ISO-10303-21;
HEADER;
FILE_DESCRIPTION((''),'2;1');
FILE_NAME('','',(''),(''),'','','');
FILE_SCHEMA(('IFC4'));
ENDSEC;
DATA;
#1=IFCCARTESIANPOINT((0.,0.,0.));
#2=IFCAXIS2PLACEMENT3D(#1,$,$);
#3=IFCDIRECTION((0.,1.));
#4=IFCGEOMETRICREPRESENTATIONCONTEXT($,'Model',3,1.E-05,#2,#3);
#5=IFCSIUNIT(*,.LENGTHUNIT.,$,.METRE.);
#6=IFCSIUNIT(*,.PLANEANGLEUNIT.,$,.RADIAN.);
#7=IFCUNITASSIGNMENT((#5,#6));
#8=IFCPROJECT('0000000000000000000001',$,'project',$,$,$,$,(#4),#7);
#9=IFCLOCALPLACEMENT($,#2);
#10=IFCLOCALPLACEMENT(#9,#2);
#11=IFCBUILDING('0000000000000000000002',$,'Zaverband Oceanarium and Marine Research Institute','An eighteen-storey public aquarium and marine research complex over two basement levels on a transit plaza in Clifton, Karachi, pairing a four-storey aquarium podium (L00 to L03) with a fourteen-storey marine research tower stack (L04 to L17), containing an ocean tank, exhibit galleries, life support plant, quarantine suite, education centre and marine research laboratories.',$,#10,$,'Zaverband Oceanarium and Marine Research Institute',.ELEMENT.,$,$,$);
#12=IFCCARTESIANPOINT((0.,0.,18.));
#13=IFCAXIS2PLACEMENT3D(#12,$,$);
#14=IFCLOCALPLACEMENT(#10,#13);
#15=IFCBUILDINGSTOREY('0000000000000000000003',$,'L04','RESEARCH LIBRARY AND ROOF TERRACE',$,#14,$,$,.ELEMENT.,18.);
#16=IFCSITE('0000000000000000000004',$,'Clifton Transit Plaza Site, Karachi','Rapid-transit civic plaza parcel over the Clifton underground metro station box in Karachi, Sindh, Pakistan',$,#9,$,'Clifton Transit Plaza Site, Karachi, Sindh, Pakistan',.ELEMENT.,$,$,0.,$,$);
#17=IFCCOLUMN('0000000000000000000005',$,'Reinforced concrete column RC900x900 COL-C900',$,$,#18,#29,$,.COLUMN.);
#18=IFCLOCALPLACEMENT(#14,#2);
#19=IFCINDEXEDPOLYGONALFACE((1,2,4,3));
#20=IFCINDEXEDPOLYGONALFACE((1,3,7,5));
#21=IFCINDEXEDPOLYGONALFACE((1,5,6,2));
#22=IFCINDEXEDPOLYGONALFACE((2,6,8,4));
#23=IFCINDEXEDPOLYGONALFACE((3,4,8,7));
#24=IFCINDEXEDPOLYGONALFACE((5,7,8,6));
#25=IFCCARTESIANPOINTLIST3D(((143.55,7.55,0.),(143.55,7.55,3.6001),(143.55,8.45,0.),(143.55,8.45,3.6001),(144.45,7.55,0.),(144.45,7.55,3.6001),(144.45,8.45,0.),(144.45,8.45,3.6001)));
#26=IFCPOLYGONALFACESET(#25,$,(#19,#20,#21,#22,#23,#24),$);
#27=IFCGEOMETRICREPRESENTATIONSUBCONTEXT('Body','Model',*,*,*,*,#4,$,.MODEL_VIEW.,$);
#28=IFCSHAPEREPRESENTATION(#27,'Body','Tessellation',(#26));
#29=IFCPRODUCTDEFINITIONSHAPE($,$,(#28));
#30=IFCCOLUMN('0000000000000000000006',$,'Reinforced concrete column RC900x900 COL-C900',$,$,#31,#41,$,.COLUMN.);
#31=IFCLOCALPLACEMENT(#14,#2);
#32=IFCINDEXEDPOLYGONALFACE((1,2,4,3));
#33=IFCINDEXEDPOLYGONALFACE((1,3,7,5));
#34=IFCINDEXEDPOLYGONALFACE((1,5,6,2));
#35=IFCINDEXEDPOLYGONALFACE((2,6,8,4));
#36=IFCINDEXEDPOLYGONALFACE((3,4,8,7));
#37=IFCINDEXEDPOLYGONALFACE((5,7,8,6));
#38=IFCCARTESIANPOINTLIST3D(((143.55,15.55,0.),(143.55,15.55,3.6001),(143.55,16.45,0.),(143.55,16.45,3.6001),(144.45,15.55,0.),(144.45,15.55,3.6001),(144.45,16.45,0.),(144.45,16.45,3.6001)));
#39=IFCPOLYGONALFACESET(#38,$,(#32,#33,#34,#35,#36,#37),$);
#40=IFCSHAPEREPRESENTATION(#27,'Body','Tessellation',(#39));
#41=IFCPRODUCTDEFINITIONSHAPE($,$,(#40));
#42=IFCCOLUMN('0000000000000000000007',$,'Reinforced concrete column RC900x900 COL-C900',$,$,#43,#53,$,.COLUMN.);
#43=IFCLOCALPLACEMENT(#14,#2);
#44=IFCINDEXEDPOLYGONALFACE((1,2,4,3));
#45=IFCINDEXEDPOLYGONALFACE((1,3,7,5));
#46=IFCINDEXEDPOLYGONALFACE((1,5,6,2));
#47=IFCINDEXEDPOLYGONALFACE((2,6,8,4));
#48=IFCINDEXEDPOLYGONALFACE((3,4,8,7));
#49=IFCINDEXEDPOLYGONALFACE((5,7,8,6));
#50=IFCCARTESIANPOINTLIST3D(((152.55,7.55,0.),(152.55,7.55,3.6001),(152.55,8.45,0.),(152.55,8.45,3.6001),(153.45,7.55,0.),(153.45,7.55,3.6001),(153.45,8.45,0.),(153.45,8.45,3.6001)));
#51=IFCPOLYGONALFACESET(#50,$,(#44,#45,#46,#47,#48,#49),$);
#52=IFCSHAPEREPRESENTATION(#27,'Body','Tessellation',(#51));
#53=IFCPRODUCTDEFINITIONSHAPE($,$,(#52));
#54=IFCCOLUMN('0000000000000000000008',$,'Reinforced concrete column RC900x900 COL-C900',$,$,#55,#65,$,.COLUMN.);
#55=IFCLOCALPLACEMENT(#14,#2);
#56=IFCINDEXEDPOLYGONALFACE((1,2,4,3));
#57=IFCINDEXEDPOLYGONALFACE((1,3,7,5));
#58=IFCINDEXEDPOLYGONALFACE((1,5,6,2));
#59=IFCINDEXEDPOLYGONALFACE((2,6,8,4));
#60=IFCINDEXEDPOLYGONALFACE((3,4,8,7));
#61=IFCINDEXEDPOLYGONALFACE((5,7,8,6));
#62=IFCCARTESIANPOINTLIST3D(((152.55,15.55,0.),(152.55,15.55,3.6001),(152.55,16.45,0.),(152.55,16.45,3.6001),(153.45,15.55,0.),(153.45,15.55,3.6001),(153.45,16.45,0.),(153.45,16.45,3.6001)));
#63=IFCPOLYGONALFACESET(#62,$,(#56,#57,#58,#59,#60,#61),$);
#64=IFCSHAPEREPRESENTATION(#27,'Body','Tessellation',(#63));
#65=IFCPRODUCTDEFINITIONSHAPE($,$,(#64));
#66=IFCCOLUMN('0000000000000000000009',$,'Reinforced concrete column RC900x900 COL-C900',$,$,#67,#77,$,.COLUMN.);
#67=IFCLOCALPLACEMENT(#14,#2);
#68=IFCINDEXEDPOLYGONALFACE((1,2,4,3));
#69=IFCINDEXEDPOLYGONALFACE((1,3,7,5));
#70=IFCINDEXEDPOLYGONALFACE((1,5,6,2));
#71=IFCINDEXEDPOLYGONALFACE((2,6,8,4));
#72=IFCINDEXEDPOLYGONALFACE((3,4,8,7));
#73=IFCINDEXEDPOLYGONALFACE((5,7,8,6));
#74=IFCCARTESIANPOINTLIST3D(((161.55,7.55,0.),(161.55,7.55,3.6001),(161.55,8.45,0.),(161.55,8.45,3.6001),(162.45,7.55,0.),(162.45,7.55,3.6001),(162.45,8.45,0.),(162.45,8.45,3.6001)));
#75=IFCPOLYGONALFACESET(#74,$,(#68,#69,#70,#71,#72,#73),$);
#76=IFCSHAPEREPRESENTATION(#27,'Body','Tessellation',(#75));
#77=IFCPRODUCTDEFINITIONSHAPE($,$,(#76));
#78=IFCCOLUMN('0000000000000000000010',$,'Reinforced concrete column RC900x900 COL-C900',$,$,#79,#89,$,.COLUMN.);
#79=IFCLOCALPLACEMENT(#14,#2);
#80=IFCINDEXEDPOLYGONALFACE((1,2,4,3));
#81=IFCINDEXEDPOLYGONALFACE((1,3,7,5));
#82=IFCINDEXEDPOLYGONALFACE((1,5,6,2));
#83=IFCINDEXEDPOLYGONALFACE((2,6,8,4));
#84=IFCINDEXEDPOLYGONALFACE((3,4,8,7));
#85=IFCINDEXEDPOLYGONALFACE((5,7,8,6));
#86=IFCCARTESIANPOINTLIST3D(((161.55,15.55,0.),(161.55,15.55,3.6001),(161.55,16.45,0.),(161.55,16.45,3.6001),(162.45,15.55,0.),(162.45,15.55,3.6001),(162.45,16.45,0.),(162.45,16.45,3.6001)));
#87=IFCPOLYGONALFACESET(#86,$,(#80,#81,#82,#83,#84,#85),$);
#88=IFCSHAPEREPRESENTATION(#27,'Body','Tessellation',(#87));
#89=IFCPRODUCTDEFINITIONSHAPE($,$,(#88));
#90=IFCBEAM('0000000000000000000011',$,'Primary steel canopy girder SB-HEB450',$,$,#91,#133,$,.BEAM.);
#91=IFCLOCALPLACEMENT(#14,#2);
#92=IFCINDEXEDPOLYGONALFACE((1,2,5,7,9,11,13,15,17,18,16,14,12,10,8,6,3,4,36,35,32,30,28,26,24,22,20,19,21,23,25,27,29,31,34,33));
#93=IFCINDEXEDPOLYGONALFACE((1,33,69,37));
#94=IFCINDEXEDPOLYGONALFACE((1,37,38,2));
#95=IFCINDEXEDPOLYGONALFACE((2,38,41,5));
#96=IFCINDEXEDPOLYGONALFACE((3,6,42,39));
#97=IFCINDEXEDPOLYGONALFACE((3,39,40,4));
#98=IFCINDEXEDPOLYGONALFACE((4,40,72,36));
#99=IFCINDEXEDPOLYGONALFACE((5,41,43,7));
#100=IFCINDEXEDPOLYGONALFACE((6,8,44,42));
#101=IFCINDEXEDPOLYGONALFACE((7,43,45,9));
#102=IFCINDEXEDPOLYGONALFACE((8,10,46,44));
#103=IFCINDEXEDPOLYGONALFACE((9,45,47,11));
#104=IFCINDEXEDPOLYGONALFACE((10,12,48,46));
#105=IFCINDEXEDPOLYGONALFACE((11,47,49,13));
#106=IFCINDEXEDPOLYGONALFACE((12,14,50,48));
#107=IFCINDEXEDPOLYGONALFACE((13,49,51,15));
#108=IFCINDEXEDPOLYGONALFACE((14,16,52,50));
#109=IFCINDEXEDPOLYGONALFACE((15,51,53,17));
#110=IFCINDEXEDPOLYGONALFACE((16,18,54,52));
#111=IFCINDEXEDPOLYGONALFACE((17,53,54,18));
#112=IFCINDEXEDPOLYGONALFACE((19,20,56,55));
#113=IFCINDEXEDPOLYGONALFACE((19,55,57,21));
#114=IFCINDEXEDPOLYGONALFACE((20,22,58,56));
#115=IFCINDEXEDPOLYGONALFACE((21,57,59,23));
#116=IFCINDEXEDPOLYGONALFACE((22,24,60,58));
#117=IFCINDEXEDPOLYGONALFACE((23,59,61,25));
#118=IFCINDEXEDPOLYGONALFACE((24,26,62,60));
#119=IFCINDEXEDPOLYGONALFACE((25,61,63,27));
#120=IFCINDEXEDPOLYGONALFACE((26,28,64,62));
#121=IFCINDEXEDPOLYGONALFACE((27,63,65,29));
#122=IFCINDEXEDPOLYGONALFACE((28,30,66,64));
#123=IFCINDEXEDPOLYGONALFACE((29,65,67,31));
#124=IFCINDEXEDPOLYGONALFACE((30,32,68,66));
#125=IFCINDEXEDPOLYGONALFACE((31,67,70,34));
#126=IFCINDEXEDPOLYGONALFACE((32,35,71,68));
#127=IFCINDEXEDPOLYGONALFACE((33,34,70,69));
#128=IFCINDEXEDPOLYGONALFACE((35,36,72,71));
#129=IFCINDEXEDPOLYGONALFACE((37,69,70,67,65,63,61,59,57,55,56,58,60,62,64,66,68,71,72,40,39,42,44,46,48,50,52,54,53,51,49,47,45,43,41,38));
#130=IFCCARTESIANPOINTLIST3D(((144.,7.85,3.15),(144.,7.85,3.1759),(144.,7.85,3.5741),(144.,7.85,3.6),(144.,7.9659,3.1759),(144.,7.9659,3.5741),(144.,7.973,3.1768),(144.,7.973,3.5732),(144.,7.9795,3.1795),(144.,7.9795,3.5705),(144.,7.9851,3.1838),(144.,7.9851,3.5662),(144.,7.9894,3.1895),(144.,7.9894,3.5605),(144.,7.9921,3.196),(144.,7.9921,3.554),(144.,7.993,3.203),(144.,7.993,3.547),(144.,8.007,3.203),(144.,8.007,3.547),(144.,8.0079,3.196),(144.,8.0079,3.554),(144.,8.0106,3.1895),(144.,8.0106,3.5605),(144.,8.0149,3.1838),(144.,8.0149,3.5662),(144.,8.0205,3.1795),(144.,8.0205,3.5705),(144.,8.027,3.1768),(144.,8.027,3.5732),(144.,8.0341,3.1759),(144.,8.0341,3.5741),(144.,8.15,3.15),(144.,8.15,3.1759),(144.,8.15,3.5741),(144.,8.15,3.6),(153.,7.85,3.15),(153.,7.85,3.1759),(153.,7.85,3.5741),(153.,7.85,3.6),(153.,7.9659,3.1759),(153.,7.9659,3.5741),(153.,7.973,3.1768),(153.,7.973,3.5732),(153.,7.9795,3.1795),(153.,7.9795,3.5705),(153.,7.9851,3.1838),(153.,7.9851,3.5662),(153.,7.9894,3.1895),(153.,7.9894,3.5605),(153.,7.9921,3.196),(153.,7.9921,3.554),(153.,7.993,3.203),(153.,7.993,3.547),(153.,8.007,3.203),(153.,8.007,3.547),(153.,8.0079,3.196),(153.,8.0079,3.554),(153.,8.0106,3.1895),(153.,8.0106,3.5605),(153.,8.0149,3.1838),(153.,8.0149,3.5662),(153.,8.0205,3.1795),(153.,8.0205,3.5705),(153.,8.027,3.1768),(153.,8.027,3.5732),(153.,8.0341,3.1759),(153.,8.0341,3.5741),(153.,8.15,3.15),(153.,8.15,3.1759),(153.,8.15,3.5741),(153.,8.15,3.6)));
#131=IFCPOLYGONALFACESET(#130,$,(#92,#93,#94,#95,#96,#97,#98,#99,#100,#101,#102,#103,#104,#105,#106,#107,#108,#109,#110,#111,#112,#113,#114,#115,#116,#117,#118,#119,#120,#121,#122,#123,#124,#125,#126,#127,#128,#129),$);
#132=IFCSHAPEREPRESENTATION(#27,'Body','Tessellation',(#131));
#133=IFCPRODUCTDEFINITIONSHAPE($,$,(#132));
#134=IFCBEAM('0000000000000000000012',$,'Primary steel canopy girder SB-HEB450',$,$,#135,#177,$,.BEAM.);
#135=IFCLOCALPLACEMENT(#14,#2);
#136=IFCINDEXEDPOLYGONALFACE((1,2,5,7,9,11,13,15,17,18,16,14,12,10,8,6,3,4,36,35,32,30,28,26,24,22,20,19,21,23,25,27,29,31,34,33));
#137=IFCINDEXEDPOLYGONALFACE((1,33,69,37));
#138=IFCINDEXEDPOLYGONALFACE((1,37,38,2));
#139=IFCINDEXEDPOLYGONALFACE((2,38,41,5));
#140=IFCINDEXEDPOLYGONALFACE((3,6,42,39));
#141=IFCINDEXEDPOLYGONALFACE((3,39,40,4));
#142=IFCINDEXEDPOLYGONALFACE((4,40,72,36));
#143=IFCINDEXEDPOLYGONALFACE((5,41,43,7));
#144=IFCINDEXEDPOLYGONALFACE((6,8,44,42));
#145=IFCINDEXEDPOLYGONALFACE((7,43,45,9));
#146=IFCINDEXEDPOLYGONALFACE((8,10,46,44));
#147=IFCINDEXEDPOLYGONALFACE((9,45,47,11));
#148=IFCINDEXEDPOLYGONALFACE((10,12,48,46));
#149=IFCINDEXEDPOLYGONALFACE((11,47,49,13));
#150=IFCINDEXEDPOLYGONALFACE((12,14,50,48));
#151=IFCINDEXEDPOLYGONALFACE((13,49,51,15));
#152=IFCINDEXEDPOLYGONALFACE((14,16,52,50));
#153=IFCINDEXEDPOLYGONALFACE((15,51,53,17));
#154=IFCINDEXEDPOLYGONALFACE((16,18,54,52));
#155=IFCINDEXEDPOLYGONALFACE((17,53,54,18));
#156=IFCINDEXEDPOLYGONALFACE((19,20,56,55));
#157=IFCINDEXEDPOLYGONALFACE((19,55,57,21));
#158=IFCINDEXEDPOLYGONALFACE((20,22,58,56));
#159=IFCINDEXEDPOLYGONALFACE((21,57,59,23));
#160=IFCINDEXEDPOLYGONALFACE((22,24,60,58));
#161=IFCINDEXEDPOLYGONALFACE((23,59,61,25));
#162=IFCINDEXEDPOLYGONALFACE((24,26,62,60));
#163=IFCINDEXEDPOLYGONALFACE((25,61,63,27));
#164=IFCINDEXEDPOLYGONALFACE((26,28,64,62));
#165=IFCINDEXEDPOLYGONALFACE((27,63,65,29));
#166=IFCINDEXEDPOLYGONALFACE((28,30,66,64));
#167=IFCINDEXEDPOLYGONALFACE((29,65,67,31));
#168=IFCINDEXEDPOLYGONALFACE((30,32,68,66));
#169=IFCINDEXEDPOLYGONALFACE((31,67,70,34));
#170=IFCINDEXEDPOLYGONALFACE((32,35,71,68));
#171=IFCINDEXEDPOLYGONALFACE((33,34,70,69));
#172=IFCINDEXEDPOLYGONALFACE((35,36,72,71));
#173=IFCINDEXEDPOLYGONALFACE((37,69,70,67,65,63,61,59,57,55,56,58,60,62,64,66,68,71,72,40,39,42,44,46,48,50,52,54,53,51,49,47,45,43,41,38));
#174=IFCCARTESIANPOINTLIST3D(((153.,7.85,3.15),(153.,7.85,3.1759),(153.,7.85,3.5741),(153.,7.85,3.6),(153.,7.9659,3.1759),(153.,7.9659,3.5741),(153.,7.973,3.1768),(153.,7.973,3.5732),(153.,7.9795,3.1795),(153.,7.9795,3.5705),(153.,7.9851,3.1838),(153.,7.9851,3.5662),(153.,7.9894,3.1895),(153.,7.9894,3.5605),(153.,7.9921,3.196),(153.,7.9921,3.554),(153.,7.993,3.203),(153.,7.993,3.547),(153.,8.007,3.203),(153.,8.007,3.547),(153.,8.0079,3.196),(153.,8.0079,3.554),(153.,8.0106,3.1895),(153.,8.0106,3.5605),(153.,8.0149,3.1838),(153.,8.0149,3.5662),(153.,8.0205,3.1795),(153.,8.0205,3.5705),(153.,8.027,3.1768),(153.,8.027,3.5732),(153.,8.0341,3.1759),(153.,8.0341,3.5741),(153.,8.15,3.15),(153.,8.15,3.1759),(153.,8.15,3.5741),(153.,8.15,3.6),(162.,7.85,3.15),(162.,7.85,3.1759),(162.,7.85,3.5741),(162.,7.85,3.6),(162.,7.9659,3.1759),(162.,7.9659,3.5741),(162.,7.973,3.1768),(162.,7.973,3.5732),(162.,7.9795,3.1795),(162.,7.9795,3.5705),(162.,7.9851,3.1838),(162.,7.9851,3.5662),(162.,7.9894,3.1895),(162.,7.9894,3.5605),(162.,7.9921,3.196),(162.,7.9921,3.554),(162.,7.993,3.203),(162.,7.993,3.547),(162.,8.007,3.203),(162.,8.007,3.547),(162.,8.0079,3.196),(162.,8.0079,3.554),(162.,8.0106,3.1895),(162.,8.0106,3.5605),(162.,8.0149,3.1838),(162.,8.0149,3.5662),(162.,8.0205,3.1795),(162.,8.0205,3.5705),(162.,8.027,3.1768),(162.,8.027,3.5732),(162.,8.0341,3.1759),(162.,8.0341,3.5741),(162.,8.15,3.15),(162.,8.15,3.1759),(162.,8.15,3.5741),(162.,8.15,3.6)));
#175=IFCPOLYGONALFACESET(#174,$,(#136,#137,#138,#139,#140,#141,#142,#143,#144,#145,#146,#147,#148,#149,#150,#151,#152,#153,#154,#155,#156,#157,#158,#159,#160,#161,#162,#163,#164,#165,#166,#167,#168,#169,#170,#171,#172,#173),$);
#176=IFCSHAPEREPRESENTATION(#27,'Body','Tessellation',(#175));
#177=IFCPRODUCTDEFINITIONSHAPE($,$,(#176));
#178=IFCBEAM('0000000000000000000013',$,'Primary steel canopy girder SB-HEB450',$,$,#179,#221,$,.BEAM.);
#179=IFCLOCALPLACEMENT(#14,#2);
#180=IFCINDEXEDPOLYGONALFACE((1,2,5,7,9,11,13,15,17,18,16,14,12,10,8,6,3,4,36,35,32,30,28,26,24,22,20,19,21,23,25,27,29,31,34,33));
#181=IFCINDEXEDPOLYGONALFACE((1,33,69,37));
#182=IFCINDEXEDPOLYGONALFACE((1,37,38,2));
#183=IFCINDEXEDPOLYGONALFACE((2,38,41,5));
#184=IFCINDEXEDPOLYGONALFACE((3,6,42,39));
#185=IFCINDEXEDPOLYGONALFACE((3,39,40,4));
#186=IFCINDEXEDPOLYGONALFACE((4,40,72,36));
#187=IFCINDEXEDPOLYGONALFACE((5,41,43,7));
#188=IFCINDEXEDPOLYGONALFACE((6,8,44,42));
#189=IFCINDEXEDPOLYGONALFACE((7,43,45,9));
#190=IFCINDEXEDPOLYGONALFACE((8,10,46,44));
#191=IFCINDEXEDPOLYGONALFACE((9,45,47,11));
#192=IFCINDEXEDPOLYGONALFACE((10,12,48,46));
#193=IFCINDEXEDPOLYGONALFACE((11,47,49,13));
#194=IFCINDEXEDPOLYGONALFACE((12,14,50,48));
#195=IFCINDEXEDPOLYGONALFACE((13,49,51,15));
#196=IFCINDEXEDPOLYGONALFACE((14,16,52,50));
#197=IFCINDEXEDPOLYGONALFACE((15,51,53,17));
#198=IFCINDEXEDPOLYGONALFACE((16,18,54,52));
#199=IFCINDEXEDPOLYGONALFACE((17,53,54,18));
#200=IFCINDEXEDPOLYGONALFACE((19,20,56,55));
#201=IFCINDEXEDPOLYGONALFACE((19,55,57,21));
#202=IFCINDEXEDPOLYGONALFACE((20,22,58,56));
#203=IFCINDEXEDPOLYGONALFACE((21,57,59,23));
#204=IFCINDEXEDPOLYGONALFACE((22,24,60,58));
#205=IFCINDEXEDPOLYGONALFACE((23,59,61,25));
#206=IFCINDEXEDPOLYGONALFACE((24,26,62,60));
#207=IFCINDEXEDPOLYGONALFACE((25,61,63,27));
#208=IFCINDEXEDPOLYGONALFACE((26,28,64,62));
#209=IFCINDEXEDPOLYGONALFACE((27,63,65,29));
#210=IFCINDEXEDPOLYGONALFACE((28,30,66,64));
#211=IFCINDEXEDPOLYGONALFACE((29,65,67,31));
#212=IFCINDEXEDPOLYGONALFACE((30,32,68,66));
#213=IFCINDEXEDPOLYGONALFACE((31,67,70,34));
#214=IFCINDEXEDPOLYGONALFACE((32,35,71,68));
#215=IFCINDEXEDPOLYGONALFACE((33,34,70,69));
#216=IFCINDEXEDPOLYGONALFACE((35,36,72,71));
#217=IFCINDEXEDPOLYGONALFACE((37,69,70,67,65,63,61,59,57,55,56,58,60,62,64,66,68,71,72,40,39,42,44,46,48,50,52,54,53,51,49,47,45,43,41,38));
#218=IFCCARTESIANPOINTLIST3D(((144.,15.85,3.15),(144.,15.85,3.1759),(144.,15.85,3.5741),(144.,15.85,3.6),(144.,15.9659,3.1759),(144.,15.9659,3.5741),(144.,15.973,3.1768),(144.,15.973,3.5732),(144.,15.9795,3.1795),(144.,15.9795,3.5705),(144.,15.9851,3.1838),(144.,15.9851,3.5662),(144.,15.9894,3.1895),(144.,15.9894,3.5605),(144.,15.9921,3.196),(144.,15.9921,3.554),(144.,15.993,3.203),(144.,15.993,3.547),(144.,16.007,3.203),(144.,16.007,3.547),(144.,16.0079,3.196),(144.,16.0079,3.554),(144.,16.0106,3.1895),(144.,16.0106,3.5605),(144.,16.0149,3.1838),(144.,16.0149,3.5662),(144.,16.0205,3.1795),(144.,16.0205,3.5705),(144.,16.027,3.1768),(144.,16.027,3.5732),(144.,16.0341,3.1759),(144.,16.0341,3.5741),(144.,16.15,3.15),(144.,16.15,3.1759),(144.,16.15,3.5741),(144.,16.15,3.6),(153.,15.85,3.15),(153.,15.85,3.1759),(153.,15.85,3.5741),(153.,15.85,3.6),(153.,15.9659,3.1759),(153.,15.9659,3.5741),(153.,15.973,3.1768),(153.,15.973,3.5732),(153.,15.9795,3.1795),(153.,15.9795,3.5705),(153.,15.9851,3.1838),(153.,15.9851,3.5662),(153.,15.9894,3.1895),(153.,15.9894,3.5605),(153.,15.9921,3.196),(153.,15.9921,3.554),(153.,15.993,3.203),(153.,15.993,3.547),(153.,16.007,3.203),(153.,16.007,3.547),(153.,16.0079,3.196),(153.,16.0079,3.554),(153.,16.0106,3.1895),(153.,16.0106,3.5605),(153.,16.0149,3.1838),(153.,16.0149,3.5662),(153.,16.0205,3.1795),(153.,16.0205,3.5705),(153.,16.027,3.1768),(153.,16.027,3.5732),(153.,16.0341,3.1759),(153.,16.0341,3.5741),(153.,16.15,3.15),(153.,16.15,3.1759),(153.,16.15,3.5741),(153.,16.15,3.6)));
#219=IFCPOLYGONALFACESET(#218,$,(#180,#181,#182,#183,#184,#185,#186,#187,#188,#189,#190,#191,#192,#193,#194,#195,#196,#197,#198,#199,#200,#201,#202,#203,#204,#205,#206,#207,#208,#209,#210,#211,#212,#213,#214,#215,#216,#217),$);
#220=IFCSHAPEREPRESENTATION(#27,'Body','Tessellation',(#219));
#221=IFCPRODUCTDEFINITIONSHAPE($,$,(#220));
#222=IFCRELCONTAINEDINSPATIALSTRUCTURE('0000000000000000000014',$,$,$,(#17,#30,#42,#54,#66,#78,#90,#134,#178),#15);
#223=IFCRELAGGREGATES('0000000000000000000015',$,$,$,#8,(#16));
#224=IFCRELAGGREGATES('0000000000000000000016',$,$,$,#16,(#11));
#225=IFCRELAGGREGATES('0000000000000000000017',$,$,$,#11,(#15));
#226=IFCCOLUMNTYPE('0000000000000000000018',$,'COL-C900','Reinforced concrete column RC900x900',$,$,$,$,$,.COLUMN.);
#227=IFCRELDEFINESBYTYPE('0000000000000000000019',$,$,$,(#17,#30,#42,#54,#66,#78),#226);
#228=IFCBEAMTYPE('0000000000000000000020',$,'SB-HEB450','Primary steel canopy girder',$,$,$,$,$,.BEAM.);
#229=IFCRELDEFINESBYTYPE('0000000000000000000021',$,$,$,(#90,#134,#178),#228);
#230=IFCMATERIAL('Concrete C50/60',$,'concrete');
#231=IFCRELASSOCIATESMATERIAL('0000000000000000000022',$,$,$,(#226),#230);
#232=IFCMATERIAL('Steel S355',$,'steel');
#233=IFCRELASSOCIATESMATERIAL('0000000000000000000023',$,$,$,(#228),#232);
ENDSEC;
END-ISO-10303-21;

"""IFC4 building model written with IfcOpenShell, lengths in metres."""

from ifc_helpers import new_model, si_unit, direction, frame, origin, origin_2d, place, context, subcontext, project, spatial, rectangle, i_section, extrude, material, material_profile, profile_set, type_object, element, save


model = new_model("IFC4")

# Units and contexts
model_context = context("Model", 3, precision=1e-05, world=origin(), true_north=direction((0.0, 1.0)))
body_context = subcontext(model_context, "Body", "Model", "MODEL_VIEW")
ifc_project = project(units=[si_unit("LENGTHUNIT", "METRE"), si_unit("PLANEANGLEUNIT", "RADIAN")], contexts=[model_context])

# Site, building, storey
site_placement = place(None, origin())
site = spatial("IfcSite", under=ifc_project, at=site_placement, Name="Clifton Transit Plaza Site, Karachi", Description="Rapid-transit civic plaza parcel over the Clifton underground metro station box in Karachi, Sindh, Pakistan", LongName="Clifton Transit Plaza Site, Karachi, Sindh, Pakistan", CompositionType="ELEMENT", RefElevation=0.0)
building_placement = place(site_placement, origin())
building = spatial("IfcBuilding", under=site, at=building_placement, Name="Zaverband Oceanarium and Marine Research Institute", Description="An eighteen-storey public aquarium and marine research complex over two basement levels on a transit plaza in Clifton, Karachi, pairing a four-storey aquarium podium (L00 to L03) with a fourteen-storey marine research tower stack (L04 to L17), containing an ocean tank, exhibit galleries, life support plant, quarantine suite, education centre and marine research laboratories.", LongName="Zaverband Oceanarium and Marine Research Institute", CompositionType="ELEMENT")
storey_placement = place(building_placement, frame((0.0, 0.0, 18.0)))
storey = spatial("IfcBuildingStorey", under=building, at=storey_placement, Name="L04", Description="RESEARCH LIBRARY AND ROOF TERRACE", CompositionType="ELEMENT", Elevation=18.0)

# Columns
ifc_material_1 = material(Name="Concrete C50/60", Category="concrete")
ifc_material_profile_1 = material_profile(ifc_material_1, rectangle(XDim=0.8999, YDim=0.8999, at=origin_2d()), Name="RC900x900")
ifc_profile_set_1 = profile_set([ifc_material_profile_1], Name="Concrete C50/60")
column_type = type_object("IfcColumnType", Name="COL-C900", Description="Reinforced concrete column RC900x900", PredefinedType="COLUMN", material=ifc_profile_set_1)
for number, where, z_axis, x_axis, name in (
    (1, (144.0, 8.0, 0.0), (0.0, 0.0, 1.0), (1.0, 0.0, 0.0), "Reinforced concrete column RC900x900 COL-C900"),
    (2, (144.0, 16.0, 0.0), (0.0, 0.0, 1.0), (1.0, 0.0, 0.0), "Reinforced concrete column RC900x900 COL-C900"),
    (3, (153.0, 8.0, 0.0), (0.0, 0.0, 1.0), (1.0, 0.0, 0.0), "Reinforced concrete column RC900x900 COL-C900"),
    (4, (153.0, 16.0, 0.0), (0.0, 0.0, 1.0), (1.0, 0.0, 0.0), "Reinforced concrete column RC900x900 COL-C900"),
    (5, (162.0, 8.0, 0.0), (0.0, 0.0, 1.0), (1.0, 0.0, 0.0), "Reinforced concrete column RC900x900 COL-C900"),
    (6, (162.0, 16.0, 0.0), (0.0, 0.0, 1.0), (1.0, 0.0, 0.0), "Reinforced concrete column RC900x900 COL-C900"),
):
    element("IfcColumn", number, at=place(storey_placement, frame(where, z_axis=z_axis, x_axis=x_axis)), inside=storey, type_object=column_type, Name=name, PredefinedType="COLUMN", context=body_context, shape_type="SweptSolid", body=[
        extrude(rectangle(XDim=0.8999, YDim=0.8999, at=origin_2d()), origin(), (0.0, 0.0, 1.0), 3.6001),
    ])

# Beams
ifc_material_2 = material(Name="Steel S355", Category="steel")
ifc_material_profile_2 = material_profile(ifc_material_2, i_section(OverallWidth=0.3, OverallDepth=0.45, WebThickness=0.0139, FlangeThickness=0.0259, FilletRadius=0.0271, at=origin_2d()), Name="HEB450")
ifc_profile_set_2 = profile_set([ifc_material_profile_2], Name="Steel S355")
beam_type = type_object("IfcBeamType", Name="SB-HEB450", Description="Primary steel canopy girder", PredefinedType="BEAM", material=ifc_profile_set_2)
for number, where, z_axis, x_axis, name in (
    (7, (144.0, 8.0, 3.375), (1.0, 0.0, 0.0), (0.0, 1.0, 0.0), "Primary steel canopy girder SB-HEB450"),
    (8, (153.0, 8.0, 3.375), (1.0, 0.0, 0.0), (0.0, 1.0, 0.0), "Primary steel canopy girder SB-HEB450"),
    (9, (144.0, 16.0, 3.375), (1.0, 0.0, 0.0), (0.0, 1.0, 0.0), "Primary steel canopy girder SB-HEB450"),
):
    element("IfcBeam", number, at=place(storey_placement, frame(where, z_axis=z_axis, x_axis=x_axis)), inside=storey, type_object=beam_type, Name=name, PredefinedType="BEAM", context=body_context, shape_type="SweptSolid", body=[
        extrude(i_section(OverallWidth=0.3, OverallDepth=0.45, WebThickness=0.0139, FlangeThickness=0.0259, FilletRadius=0.0271, at=origin_2d()), origin(), (0.0, 0.0, 1.0), 9.0),
    ])

save(model, "model.ifc")
